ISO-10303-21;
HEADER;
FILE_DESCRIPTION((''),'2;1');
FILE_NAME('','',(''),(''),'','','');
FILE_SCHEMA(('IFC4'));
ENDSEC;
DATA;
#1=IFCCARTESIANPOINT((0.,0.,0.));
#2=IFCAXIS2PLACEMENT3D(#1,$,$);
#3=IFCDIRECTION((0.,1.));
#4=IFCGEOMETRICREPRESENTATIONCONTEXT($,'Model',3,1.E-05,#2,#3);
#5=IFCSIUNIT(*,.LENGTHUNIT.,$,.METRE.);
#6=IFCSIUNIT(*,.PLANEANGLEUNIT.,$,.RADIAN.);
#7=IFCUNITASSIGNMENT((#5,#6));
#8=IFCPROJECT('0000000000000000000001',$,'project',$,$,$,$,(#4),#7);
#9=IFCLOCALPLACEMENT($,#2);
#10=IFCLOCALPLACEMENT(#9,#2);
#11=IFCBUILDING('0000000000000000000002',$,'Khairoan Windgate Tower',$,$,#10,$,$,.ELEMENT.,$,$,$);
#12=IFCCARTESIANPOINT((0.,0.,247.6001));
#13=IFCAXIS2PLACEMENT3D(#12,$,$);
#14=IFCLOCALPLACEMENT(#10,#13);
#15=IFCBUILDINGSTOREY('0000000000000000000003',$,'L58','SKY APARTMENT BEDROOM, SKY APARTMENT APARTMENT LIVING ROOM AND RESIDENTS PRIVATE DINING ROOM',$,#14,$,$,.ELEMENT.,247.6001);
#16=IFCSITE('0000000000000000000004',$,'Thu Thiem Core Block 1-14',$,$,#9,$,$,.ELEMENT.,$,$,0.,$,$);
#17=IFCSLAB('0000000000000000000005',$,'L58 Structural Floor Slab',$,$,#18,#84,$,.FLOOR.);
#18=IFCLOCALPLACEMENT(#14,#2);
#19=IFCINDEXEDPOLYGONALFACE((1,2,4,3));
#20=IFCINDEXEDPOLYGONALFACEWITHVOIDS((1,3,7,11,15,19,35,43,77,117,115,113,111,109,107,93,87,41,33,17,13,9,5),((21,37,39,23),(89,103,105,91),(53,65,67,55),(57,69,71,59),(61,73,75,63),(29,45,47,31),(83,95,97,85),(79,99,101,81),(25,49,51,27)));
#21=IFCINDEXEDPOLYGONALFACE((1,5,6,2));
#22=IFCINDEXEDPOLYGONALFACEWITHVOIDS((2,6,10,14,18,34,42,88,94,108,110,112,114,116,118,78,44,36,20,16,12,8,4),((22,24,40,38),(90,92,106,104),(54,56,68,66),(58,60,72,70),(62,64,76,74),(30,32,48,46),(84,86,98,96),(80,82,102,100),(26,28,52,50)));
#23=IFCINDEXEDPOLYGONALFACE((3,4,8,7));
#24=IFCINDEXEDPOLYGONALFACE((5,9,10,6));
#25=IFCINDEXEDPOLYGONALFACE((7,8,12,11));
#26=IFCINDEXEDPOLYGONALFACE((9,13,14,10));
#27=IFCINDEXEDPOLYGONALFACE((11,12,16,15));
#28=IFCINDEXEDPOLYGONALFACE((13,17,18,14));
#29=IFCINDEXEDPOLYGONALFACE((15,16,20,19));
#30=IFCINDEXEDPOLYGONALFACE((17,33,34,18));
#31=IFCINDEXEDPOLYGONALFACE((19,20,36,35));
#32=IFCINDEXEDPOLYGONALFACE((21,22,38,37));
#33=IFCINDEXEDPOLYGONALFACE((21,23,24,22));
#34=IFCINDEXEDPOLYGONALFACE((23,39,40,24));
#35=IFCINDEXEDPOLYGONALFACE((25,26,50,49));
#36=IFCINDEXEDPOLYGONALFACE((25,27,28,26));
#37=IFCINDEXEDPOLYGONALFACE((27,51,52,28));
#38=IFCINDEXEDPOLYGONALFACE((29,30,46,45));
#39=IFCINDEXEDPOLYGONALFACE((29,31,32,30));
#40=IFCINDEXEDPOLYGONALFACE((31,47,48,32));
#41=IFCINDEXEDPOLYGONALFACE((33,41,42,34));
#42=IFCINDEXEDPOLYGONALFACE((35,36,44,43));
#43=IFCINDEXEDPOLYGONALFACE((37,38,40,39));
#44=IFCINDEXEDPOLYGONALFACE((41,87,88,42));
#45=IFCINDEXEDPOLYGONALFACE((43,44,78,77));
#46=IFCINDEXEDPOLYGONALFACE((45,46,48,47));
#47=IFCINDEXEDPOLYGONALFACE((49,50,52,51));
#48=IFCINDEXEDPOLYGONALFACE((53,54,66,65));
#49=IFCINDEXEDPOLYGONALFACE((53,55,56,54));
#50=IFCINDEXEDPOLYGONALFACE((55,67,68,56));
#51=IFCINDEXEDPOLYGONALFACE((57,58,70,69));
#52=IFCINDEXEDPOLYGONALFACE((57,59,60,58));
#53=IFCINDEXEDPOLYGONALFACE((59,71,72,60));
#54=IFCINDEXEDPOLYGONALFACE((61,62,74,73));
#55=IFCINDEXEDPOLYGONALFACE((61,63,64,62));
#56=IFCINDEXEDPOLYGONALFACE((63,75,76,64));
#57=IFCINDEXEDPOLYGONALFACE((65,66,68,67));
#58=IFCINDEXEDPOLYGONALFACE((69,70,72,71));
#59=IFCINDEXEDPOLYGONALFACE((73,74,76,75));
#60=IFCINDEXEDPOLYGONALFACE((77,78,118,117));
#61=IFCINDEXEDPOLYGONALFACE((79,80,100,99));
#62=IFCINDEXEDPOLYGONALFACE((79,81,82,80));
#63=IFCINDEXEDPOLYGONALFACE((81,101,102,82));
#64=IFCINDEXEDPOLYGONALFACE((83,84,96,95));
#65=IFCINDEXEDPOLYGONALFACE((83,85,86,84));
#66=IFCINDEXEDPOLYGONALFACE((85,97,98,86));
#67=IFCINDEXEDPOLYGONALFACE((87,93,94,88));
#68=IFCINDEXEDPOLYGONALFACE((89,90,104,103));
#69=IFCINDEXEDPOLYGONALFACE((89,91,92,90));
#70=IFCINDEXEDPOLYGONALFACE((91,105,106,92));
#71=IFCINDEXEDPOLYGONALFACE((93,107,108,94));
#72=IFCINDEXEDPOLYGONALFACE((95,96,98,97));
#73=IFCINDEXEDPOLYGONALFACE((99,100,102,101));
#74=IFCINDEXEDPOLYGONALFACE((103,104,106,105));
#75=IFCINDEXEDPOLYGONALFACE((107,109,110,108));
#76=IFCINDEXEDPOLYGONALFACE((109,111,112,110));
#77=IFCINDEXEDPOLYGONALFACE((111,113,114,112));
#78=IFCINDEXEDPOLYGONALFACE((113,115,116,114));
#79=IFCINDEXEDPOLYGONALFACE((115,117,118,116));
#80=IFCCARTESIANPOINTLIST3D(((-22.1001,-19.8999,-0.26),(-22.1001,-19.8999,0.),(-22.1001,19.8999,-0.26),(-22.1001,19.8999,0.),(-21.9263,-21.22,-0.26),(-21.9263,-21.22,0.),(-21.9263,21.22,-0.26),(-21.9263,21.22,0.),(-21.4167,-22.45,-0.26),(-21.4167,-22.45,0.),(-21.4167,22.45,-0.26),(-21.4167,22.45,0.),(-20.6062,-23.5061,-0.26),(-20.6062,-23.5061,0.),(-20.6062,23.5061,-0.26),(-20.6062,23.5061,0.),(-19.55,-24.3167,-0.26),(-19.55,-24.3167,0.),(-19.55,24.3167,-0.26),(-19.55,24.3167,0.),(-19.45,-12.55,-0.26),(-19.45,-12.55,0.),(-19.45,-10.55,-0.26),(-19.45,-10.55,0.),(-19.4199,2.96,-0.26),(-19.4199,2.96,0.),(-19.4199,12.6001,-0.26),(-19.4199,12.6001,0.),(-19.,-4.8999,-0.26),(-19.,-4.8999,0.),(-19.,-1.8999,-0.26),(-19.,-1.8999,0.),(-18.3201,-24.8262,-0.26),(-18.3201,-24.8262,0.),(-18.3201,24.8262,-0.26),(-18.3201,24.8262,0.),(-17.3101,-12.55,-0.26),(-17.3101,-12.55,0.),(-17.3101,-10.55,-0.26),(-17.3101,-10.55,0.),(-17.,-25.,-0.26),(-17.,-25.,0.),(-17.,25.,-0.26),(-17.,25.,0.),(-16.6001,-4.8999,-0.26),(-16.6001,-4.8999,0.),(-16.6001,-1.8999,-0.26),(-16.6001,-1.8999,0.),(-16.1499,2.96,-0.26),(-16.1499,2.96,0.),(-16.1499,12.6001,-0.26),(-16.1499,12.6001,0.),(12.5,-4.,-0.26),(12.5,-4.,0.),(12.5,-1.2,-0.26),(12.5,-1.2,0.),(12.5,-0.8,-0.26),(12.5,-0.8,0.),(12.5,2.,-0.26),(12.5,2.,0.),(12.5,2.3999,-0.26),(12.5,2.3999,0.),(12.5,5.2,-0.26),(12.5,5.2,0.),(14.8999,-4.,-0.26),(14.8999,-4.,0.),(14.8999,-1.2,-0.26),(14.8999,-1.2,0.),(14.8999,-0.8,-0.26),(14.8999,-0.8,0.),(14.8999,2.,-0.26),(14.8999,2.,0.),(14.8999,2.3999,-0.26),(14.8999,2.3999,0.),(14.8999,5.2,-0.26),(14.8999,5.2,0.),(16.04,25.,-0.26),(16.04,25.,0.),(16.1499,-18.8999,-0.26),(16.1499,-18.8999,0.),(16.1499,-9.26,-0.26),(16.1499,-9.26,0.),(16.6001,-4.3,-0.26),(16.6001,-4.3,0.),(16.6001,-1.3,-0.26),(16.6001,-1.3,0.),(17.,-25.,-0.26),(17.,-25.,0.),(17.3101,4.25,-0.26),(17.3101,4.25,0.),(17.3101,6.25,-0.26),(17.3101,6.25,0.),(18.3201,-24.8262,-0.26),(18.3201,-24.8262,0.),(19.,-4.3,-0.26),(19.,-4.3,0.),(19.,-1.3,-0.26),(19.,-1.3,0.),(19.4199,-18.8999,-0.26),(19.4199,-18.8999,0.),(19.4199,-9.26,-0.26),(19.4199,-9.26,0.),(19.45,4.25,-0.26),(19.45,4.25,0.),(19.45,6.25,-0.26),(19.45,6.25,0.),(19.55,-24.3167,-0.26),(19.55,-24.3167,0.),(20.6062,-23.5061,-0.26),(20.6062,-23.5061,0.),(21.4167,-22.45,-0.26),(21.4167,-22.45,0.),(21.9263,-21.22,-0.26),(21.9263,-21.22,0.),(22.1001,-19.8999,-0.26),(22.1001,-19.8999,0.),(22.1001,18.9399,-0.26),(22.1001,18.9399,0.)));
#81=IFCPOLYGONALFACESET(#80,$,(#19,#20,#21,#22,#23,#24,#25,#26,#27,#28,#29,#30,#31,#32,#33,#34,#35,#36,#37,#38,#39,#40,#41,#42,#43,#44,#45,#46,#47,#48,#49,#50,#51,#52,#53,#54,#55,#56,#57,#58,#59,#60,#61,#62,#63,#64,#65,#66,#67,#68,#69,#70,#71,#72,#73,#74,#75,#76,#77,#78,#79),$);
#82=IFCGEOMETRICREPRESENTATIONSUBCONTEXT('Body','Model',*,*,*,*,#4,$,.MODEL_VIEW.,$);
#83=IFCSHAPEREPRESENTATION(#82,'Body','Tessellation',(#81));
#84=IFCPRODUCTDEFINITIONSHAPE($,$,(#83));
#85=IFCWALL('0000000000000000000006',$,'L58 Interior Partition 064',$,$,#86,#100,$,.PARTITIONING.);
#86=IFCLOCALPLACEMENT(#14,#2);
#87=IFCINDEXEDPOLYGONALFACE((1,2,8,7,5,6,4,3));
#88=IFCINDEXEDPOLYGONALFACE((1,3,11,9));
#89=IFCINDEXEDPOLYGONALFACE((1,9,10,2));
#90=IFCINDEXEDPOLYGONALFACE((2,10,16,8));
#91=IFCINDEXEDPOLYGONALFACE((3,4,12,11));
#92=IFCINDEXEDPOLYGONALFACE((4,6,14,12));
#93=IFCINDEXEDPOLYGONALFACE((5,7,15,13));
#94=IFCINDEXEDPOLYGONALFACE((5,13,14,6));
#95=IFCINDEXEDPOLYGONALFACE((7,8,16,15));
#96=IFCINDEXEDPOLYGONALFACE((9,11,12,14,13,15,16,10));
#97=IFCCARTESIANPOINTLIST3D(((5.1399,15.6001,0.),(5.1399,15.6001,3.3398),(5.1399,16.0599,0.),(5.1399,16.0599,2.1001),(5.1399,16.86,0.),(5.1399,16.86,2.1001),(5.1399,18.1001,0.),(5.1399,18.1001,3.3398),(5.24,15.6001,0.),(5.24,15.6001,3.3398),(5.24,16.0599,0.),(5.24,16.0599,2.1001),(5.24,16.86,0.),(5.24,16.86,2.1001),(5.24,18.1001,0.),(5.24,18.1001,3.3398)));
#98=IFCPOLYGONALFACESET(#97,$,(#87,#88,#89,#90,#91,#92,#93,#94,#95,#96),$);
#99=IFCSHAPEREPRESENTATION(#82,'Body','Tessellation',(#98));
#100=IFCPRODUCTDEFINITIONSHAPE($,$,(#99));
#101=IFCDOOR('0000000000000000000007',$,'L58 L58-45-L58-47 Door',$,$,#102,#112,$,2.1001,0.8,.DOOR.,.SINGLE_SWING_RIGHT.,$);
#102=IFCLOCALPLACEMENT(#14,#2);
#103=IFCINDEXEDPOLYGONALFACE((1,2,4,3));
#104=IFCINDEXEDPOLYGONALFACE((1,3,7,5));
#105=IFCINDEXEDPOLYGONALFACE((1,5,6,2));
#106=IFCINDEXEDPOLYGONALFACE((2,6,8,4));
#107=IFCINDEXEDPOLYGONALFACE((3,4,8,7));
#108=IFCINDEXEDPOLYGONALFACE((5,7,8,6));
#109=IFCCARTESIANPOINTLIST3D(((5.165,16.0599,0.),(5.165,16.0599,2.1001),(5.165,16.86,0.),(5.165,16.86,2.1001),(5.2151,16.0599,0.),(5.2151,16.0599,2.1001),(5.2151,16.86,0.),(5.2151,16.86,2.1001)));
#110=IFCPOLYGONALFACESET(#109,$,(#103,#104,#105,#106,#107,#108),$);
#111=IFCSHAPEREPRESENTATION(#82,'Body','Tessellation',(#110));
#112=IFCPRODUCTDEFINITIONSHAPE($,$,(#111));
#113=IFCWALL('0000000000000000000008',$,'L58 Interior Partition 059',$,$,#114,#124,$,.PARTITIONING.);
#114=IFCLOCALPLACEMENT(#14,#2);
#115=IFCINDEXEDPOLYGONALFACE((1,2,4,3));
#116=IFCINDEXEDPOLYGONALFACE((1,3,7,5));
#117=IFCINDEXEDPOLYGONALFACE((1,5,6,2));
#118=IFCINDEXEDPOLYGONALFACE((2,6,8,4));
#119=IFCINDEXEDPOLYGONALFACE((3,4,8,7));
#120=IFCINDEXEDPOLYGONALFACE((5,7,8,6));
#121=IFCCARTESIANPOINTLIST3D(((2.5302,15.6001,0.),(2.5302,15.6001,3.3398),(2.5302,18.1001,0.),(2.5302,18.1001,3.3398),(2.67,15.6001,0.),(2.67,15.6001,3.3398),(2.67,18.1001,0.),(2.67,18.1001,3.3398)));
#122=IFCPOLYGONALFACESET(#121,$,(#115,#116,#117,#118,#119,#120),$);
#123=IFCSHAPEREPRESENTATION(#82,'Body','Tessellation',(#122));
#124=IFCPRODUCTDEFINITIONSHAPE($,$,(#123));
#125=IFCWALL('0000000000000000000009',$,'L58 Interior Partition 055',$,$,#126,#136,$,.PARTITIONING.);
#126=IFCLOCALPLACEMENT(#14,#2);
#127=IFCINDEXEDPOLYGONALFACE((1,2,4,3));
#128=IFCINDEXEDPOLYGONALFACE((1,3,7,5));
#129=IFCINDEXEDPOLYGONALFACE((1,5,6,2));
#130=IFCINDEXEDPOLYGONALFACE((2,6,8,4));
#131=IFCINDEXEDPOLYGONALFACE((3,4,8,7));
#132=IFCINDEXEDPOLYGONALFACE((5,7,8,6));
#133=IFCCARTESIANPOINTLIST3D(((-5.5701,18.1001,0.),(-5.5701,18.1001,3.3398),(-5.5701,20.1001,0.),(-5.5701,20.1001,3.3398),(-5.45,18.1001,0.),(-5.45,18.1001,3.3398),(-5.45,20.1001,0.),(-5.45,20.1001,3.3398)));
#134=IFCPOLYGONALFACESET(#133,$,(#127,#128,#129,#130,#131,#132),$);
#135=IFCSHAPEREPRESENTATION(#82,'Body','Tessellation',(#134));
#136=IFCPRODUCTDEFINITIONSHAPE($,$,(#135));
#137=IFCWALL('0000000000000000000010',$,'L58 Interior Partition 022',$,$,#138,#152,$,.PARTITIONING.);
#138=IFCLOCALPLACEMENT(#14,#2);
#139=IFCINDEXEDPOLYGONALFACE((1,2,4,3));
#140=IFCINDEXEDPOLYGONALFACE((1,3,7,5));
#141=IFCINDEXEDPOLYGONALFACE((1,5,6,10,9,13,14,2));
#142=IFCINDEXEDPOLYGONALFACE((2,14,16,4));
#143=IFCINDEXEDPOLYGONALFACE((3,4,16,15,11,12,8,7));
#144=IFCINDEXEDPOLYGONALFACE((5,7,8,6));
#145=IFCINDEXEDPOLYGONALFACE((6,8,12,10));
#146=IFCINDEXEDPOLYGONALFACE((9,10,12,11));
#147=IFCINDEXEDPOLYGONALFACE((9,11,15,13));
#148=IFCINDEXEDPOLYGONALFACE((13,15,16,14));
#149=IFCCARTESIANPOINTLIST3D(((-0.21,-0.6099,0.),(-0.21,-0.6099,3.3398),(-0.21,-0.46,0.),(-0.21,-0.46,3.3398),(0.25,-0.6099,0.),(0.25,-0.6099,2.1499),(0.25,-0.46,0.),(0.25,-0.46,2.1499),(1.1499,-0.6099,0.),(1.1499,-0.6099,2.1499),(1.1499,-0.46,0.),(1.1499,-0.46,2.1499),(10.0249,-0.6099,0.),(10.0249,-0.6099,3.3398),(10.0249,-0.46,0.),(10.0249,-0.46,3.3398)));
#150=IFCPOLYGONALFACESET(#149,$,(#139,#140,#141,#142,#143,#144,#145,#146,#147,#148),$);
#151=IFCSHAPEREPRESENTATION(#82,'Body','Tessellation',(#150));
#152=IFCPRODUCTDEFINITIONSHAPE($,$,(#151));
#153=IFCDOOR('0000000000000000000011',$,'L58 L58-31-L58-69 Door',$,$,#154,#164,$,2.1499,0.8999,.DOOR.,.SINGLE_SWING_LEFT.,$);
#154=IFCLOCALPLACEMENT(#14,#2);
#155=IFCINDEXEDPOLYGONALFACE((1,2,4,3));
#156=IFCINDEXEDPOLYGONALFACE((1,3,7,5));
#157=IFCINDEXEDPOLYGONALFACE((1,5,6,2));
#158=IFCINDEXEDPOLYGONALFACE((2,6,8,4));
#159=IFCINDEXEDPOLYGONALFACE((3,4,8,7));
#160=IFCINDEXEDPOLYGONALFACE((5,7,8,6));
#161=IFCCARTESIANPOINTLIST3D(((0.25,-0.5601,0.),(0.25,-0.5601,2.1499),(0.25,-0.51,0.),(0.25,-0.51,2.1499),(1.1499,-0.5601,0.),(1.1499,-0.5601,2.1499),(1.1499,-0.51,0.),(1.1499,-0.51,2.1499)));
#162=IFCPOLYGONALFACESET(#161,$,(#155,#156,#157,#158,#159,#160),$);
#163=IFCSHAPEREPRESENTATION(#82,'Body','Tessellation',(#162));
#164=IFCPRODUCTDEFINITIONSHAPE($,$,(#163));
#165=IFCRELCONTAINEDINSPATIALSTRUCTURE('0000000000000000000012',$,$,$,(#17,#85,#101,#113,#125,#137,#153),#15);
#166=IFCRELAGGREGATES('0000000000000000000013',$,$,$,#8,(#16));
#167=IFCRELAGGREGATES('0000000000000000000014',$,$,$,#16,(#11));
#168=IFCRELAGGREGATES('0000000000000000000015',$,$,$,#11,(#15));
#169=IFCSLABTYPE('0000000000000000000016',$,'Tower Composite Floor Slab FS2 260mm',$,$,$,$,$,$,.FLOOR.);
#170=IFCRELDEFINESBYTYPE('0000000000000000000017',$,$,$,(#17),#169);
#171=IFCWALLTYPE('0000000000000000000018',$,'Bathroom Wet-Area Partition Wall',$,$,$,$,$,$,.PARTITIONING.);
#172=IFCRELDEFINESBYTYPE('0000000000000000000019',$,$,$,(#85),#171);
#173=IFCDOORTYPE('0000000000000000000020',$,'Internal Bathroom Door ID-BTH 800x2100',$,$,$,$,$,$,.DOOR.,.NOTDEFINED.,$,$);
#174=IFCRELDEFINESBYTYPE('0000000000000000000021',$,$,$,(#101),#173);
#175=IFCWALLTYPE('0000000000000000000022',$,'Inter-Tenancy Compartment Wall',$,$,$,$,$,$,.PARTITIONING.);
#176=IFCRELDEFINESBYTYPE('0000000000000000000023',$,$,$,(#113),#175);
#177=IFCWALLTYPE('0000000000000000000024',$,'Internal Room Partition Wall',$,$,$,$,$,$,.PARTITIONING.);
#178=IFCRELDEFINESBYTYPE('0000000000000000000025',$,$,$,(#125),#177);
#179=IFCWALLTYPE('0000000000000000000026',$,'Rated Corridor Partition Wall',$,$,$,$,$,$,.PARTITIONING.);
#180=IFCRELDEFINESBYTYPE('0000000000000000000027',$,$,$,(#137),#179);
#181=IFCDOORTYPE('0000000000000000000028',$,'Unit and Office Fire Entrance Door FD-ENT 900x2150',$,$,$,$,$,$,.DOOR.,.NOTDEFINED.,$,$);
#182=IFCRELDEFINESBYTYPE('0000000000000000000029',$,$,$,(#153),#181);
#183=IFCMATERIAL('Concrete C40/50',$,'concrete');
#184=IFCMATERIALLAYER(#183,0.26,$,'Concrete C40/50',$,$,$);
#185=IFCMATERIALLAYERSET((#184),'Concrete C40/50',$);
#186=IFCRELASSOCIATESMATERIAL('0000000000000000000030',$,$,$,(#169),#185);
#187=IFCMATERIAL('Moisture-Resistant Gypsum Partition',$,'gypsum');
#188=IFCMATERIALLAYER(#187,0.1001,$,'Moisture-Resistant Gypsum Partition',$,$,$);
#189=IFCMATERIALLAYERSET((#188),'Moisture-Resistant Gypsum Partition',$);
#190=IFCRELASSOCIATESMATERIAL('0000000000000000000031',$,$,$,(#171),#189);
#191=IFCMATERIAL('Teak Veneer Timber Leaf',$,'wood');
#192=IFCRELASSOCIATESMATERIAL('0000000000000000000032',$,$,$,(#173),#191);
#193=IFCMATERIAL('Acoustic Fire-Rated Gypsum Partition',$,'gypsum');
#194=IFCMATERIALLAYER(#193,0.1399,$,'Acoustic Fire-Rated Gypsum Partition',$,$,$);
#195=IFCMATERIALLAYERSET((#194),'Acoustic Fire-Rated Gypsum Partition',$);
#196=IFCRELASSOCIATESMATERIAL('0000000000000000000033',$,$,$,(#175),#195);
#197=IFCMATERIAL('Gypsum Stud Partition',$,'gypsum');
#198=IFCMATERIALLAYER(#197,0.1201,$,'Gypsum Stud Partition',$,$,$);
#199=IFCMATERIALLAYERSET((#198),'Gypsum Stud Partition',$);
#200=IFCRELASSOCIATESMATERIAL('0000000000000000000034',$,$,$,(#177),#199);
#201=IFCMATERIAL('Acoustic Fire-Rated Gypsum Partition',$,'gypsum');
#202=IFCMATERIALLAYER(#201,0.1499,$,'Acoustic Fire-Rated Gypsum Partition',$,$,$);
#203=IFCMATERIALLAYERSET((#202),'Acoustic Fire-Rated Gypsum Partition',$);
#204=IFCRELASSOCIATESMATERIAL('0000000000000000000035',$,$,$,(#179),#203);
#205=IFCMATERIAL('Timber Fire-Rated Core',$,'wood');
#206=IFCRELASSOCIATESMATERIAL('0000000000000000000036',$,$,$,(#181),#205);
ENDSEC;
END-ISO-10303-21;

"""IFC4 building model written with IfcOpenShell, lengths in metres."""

from ifc_helpers import new_model, si_unit, direction, frame, frame_2d, origin, place, context, subcontext, project, spatial, polyline, rectangle, outline, extrude, material, layer, layer_set, type_object, element, fill, save


model = new_model("IFC4")

# Units and contexts
model_context = context("Model", 3, precision=1e-05, world=origin(), true_north=direction((0.0, 1.0)))
body_context = subcontext(model_context, "Body", "Model", "MODEL_VIEW")
ifc_project = project(units=[si_unit("LENGTHUNIT", "METRE"), si_unit("PLANEANGLEUNIT", "RADIAN")], contexts=[model_context])

# Site, building, storey
site_placement = place(None, origin())
site = spatial("IfcSite", under=ifc_project, at=site_placement, Name="Thu Thiem Core Block 1-14", CompositionType="ELEMENT", RefElevation=0.0)
building_placement = place(site_placement, origin())
building = spatial("IfcBuilding", under=site, at=building_placement, Name="Khairoan Windgate Tower", CompositionType="ELEMENT")
storey_placement = place(building_placement, frame((0.0, 0.0, 247.6001)))
storey = spatial("IfcBuildingStorey", under=building, at=storey_placement, Name="L58", Description="SKY APARTMENT BEDROOM, SKY APARTMENT APARTMENT LIVING ROOM AND RESIDENTS PRIVATE DINING ROOM", CompositionType="ELEMENT", Elevation=247.6001)

# Slab
ifc_material_1 = material(Name="Concrete C40/50", Category="concrete")
ifc_layer_1 = layer(ifc_material_1, 0.26, Name="Concrete C40/50")
ifc_layer_set_1 = layer_set([ifc_layer_1], Name="Concrete C40/50")
slab_type_1 = type_object("IfcSlabType", Name="Tower Composite Floor Slab FS2 260mm", PredefinedType="FLOOR", material=ifc_layer_set_1)
slab_1_placement = place(storey_placement, frame((0.0, 0.0, -0.26)))
element("IfcSlab", 1, at=slab_1_placement, inside=storey, type_object=slab_type_1, Name="L58 Structural Floor Slab", PredefinedType="FLOOR", context=body_context, shape_type="SweptSolid", body=[
    extrude(outline(polyline([(17.0, -25.0), (18.3201, -24.8262), (19.55, -24.3167), (20.6062, -23.5061), (21.4167, -22.45), (21.9263, -21.22), (22.1001, -19.8999), (22.1001, 18.9399), (16.04, 25.0), (-17.0, 25.0), (-18.3201, 24.8262), (-19.55, 24.3167), (-20.6062, 23.5061), (-21.4167, 22.45), (-21.9263, 21.22), (-22.1001, 19.8999), (-22.1001, -19.8999), (-21.9263, -21.22), (-21.4167, -22.45), (-20.6062, -23.5061), (-19.55, -24.3167), (-18.3201, -24.8262), (-17.0, -25.0), (17.0, -25.0)]), holes=[polyline([(16.1499, -9.26), (16.1499, -18.8999), (19.4199, -18.8999), (19.4199, -9.26), (16.1499, -9.26)]), polyline([(-16.1499, 2.96), (-16.1499, 12.6001), (-19.4199, 12.6001), (-19.4199, 2.96), (-16.1499, 2.96)]), polyline([(12.5, 2.3999), (14.8999, 2.3999), (14.8999, 5.2), (12.5, 5.2), (12.5, 2.3999)]), polyline([(12.5, -0.8), (14.8999, -0.8), (14.8999, 2.0), (12.5, 2.0), (12.5, -0.8)]), polyline([(12.5, -4.0), (14.8999, -4.0), (14.8999, -1.2), (12.5, -1.2), (12.5, -4.0)]), polyline([(16.6001, -4.3), (19.0, -4.3), (19.0, -1.3), (16.6001, -1.3), (16.6001, -4.3)]), polyline([(-19.0, -4.8999), (-16.6001, -4.8999), (-16.6001, -1.8999), (-19.0, -1.8999), (-19.0, -4.8999)]), polyline([(-19.45, -12.55), (-17.3101, -12.55), (-17.3101, -10.55), (-19.45, -10.55), (-19.45, -12.55)]), polyline([(17.3101, 4.25), (19.45, 4.25), (19.45, 6.25), (17.3101, 6.25), (17.3101, 4.25)])]), origin(), (0.0, 0.0, 1.0), 0.26),
])

# Wall, opening, door
ifc_material_2 = material(Name="Moisture-Resistant Gypsum Partition", Category="gypsum")
ifc_layer_2 = layer(ifc_material_2, 0.1001, Name="Moisture-Resistant Gypsum Partition")
ifc_layer_set_2 = layer_set([ifc_layer_2], Name="Moisture-Resistant Gypsum Partition")
wall_type_1 = type_object("IfcWallType", Name="Bathroom Wet-Area Partition Wall", PredefinedType="PARTITIONING", material=ifc_layer_set_2)
wall_1_placement = place(storey_placement, frame((5.1899, 15.6001, 0.0), z_axis=(0.0, 0.0, 1.0), x_axis=(0.0, 1.0, 0.0)))
wall_1 = element("IfcWall", 2, at=wall_1_placement, inside=storey, type_object=wall_type_1, Name="L58 Interior Partition 064", PredefinedType="PARTITIONING", context=body_context, shape_type="SweptSolid", body=[
    extrude(rectangle(XDim=2.5, YDim=0.1001, at=frame_2d((1.25, 0.0))), origin(), (0.0, 0.0, 1.0), 3.3398),
])
opening_1_placement = place(wall_1_placement, frame((0.46, 0.0, 0.0)))
opening_1 = element("IfcOpeningElement", 3, at=opening_1_placement, cuts=wall_1, PredefinedType="OPENING", context=body_context, shape_type="SweptSolid", body=[
    extrude(rectangle(XDim=0.8, YDim=2.1001, at=frame_2d((0.3999, 1.05))), frame((0.0, 0.0601, 0.0), z_axis=(0.0, -1.0, 0.0), x_axis=(1.0, 0.0, 0.0)), (0.0, 0.0, 1.0), 0.1201),
])
ifc_material_3 = material(Name="Teak Veneer Timber Leaf", Category="wood")
door_type_1 = type_object("IfcDoorType", Name="Internal Bathroom Door ID-BTH 800x2100", OperationType="NOTDEFINED", PredefinedType="DOOR", material=ifc_material_3)
door_1_placement = place(opening_1_placement, origin())
door_1 = element("IfcDoor", 4, at=door_1_placement, inside=storey, type_object=door_type_1, Name="L58 L58-45-L58-47 Door", OperationType="SINGLE_SWING_RIGHT", OverallHeight=2.1001, OverallWidth=0.8, PredefinedType="DOOR", context=body_context, shape_type="SweptSolid", body=[
    extrude(rectangle(XDim=0.8, YDim=2.1001, at=frame_2d((0.3999, 1.05))), frame((0.0, 0.0249, 0.0), z_axis=(0.0, -1.0, 0.0), x_axis=(1.0, 0.0, 0.0)), (0.0, 0.0, 1.0), 0.05),
])
fill(opening_1, door_1)

# Walls
ifc_material_4 = material(Name="Acoustic Fire-Rated Gypsum Partition", Category="gypsum")
ifc_layer_3 = layer(ifc_material_4, 0.1399, Name="Acoustic Fire-Rated Gypsum Partition")
ifc_layer_set_3 = layer_set([ifc_layer_3], Name="Acoustic Fire-Rated Gypsum Partition")
wall_type_2 = type_object("IfcWallType", Name="Inter-Tenancy Compartment Wall", PredefinedType="PARTITIONING", material=ifc_layer_set_3)
wall_2_placement = place(storey_placement, frame((2.6001, 15.6001, 0.0), z_axis=(0.0, 0.0, 1.0), x_axis=(0.0, 1.0, 0.0)))
element("IfcWall", 5, at=wall_2_placement, inside=storey, type_object=wall_type_2, Name="L58 Interior Partition 059", PredefinedType="PARTITIONING", context=body_context, shape_type="SweptSolid", body=[
    extrude(rectangle(XDim=2.5, YDim=0.1399, at=frame_2d((1.25, 0.0))), origin(), (0.0, 0.0, 1.0), 3.3398),
])
ifc_material_5 = material(Name="Gypsum Stud Partition", Category="gypsum")
ifc_layer_4 = layer(ifc_material_5, 0.1201, Name="Gypsum Stud Partition")
ifc_layer_set_4 = layer_set([ifc_layer_4], Name="Gypsum Stud Partition")
wall_type_3 = type_object("IfcWallType", Name="Internal Room Partition Wall", PredefinedType="PARTITIONING", material=ifc_layer_set_4)
wall_3_placement = place(storey_placement, frame((-5.51, 18.1001, 0.0), z_axis=(0.0, 0.0, 1.0), x_axis=(0.0, 1.0, 0.0)))
element("IfcWall", 6, at=wall_3_placement, inside=storey, type_object=wall_type_3, Name="L58 Interior Partition 055", PredefinedType="PARTITIONING", context=body_context, shape_type="SweptSolid", body=[
    extrude(rectangle(XDim=2.0, YDim=0.1201, at=frame_2d((1.0, 0.0))), origin(), (0.0, 0.0, 1.0), 3.3398),
])

# Wall, opening, door
ifc_material_6 = material(Name="Acoustic Fire-Rated Gypsum Partition", Category="gypsum")
ifc_layer_5 = layer(ifc_material_6, 0.1499, Name="Acoustic Fire-Rated Gypsum Partition")
ifc_layer_set_5 = layer_set([ifc_layer_5], Name="Acoustic Fire-Rated Gypsum Partition")
wall_type_4 = type_object("IfcWallType", Name="Rated Corridor Partition Wall", PredefinedType="PARTITIONING", material=ifc_layer_set_5)
wall_4_placement = place(storey_placement, frame((-0.21, -0.5349, 0.0), z_axis=(0.0, 0.0, 1.0), x_axis=(1.0, 0.0, 0.0)))
wall_4 = element("IfcWall", 7, at=wall_4_placement, inside=storey, type_object=wall_type_4, Name="L58 Interior Partition 022", PredefinedType="PARTITIONING", context=body_context, shape_type="SweptSolid", body=[
    extrude(rectangle(XDim=10.2349, YDim=0.1499, at=frame_2d((5.1174, 0.0))), origin(), (0.0, 0.0, 1.0), 3.3398),
])
opening_2_placement = place(wall_4_placement, frame((0.46, 0.0, 0.0)))
opening_2 = element("IfcOpeningElement", 8, at=opening_2_placement, cuts=wall_4, PredefinedType="OPENING", context=body_context, shape_type="SweptSolid", body=[
    extrude(rectangle(XDim=0.8999, YDim=2.1499, at=frame_2d((0.45, 1.075))), frame((0.0, 0.085, 0.0), z_axis=(0.0, -1.0, 0.0), x_axis=(1.0, 0.0, 0.0)), (0.0, 0.0, 1.0), 0.1699),
])
ifc_material_7 = material(Name="Timber Fire-Rated Core", Category="wood")
door_type_2 = type_object("IfcDoorType", Name="Unit and Office Fire Entrance Door FD-ENT 900x2150", OperationType="NOTDEFINED", PredefinedType="DOOR", material=ifc_material_7)
door_2_placement = place(opening_2_placement, origin())
door_2 = element("IfcDoor", 9, at=door_2_placement, inside=storey, type_object=door_type_2, Name="L58 L58-31-L58-69 Door", OperationType="SINGLE_SWING_LEFT", OverallHeight=2.1499, OverallWidth=0.8999, PredefinedType="DOOR", context=body_context, shape_type="SweptSolid", body=[
    extrude(rectangle(XDim=0.8999, YDim=2.1499, at=frame_2d((0.45, 1.075))), frame((0.0, 0.0249, 0.0), z_axis=(0.0, -1.0, 0.0), x_axis=(1.0, 0.0, 0.0)), (0.0, 0.0, 1.0), 0.05),
])
fill(opening_2, door_2)

save(model, "model.ifc")
